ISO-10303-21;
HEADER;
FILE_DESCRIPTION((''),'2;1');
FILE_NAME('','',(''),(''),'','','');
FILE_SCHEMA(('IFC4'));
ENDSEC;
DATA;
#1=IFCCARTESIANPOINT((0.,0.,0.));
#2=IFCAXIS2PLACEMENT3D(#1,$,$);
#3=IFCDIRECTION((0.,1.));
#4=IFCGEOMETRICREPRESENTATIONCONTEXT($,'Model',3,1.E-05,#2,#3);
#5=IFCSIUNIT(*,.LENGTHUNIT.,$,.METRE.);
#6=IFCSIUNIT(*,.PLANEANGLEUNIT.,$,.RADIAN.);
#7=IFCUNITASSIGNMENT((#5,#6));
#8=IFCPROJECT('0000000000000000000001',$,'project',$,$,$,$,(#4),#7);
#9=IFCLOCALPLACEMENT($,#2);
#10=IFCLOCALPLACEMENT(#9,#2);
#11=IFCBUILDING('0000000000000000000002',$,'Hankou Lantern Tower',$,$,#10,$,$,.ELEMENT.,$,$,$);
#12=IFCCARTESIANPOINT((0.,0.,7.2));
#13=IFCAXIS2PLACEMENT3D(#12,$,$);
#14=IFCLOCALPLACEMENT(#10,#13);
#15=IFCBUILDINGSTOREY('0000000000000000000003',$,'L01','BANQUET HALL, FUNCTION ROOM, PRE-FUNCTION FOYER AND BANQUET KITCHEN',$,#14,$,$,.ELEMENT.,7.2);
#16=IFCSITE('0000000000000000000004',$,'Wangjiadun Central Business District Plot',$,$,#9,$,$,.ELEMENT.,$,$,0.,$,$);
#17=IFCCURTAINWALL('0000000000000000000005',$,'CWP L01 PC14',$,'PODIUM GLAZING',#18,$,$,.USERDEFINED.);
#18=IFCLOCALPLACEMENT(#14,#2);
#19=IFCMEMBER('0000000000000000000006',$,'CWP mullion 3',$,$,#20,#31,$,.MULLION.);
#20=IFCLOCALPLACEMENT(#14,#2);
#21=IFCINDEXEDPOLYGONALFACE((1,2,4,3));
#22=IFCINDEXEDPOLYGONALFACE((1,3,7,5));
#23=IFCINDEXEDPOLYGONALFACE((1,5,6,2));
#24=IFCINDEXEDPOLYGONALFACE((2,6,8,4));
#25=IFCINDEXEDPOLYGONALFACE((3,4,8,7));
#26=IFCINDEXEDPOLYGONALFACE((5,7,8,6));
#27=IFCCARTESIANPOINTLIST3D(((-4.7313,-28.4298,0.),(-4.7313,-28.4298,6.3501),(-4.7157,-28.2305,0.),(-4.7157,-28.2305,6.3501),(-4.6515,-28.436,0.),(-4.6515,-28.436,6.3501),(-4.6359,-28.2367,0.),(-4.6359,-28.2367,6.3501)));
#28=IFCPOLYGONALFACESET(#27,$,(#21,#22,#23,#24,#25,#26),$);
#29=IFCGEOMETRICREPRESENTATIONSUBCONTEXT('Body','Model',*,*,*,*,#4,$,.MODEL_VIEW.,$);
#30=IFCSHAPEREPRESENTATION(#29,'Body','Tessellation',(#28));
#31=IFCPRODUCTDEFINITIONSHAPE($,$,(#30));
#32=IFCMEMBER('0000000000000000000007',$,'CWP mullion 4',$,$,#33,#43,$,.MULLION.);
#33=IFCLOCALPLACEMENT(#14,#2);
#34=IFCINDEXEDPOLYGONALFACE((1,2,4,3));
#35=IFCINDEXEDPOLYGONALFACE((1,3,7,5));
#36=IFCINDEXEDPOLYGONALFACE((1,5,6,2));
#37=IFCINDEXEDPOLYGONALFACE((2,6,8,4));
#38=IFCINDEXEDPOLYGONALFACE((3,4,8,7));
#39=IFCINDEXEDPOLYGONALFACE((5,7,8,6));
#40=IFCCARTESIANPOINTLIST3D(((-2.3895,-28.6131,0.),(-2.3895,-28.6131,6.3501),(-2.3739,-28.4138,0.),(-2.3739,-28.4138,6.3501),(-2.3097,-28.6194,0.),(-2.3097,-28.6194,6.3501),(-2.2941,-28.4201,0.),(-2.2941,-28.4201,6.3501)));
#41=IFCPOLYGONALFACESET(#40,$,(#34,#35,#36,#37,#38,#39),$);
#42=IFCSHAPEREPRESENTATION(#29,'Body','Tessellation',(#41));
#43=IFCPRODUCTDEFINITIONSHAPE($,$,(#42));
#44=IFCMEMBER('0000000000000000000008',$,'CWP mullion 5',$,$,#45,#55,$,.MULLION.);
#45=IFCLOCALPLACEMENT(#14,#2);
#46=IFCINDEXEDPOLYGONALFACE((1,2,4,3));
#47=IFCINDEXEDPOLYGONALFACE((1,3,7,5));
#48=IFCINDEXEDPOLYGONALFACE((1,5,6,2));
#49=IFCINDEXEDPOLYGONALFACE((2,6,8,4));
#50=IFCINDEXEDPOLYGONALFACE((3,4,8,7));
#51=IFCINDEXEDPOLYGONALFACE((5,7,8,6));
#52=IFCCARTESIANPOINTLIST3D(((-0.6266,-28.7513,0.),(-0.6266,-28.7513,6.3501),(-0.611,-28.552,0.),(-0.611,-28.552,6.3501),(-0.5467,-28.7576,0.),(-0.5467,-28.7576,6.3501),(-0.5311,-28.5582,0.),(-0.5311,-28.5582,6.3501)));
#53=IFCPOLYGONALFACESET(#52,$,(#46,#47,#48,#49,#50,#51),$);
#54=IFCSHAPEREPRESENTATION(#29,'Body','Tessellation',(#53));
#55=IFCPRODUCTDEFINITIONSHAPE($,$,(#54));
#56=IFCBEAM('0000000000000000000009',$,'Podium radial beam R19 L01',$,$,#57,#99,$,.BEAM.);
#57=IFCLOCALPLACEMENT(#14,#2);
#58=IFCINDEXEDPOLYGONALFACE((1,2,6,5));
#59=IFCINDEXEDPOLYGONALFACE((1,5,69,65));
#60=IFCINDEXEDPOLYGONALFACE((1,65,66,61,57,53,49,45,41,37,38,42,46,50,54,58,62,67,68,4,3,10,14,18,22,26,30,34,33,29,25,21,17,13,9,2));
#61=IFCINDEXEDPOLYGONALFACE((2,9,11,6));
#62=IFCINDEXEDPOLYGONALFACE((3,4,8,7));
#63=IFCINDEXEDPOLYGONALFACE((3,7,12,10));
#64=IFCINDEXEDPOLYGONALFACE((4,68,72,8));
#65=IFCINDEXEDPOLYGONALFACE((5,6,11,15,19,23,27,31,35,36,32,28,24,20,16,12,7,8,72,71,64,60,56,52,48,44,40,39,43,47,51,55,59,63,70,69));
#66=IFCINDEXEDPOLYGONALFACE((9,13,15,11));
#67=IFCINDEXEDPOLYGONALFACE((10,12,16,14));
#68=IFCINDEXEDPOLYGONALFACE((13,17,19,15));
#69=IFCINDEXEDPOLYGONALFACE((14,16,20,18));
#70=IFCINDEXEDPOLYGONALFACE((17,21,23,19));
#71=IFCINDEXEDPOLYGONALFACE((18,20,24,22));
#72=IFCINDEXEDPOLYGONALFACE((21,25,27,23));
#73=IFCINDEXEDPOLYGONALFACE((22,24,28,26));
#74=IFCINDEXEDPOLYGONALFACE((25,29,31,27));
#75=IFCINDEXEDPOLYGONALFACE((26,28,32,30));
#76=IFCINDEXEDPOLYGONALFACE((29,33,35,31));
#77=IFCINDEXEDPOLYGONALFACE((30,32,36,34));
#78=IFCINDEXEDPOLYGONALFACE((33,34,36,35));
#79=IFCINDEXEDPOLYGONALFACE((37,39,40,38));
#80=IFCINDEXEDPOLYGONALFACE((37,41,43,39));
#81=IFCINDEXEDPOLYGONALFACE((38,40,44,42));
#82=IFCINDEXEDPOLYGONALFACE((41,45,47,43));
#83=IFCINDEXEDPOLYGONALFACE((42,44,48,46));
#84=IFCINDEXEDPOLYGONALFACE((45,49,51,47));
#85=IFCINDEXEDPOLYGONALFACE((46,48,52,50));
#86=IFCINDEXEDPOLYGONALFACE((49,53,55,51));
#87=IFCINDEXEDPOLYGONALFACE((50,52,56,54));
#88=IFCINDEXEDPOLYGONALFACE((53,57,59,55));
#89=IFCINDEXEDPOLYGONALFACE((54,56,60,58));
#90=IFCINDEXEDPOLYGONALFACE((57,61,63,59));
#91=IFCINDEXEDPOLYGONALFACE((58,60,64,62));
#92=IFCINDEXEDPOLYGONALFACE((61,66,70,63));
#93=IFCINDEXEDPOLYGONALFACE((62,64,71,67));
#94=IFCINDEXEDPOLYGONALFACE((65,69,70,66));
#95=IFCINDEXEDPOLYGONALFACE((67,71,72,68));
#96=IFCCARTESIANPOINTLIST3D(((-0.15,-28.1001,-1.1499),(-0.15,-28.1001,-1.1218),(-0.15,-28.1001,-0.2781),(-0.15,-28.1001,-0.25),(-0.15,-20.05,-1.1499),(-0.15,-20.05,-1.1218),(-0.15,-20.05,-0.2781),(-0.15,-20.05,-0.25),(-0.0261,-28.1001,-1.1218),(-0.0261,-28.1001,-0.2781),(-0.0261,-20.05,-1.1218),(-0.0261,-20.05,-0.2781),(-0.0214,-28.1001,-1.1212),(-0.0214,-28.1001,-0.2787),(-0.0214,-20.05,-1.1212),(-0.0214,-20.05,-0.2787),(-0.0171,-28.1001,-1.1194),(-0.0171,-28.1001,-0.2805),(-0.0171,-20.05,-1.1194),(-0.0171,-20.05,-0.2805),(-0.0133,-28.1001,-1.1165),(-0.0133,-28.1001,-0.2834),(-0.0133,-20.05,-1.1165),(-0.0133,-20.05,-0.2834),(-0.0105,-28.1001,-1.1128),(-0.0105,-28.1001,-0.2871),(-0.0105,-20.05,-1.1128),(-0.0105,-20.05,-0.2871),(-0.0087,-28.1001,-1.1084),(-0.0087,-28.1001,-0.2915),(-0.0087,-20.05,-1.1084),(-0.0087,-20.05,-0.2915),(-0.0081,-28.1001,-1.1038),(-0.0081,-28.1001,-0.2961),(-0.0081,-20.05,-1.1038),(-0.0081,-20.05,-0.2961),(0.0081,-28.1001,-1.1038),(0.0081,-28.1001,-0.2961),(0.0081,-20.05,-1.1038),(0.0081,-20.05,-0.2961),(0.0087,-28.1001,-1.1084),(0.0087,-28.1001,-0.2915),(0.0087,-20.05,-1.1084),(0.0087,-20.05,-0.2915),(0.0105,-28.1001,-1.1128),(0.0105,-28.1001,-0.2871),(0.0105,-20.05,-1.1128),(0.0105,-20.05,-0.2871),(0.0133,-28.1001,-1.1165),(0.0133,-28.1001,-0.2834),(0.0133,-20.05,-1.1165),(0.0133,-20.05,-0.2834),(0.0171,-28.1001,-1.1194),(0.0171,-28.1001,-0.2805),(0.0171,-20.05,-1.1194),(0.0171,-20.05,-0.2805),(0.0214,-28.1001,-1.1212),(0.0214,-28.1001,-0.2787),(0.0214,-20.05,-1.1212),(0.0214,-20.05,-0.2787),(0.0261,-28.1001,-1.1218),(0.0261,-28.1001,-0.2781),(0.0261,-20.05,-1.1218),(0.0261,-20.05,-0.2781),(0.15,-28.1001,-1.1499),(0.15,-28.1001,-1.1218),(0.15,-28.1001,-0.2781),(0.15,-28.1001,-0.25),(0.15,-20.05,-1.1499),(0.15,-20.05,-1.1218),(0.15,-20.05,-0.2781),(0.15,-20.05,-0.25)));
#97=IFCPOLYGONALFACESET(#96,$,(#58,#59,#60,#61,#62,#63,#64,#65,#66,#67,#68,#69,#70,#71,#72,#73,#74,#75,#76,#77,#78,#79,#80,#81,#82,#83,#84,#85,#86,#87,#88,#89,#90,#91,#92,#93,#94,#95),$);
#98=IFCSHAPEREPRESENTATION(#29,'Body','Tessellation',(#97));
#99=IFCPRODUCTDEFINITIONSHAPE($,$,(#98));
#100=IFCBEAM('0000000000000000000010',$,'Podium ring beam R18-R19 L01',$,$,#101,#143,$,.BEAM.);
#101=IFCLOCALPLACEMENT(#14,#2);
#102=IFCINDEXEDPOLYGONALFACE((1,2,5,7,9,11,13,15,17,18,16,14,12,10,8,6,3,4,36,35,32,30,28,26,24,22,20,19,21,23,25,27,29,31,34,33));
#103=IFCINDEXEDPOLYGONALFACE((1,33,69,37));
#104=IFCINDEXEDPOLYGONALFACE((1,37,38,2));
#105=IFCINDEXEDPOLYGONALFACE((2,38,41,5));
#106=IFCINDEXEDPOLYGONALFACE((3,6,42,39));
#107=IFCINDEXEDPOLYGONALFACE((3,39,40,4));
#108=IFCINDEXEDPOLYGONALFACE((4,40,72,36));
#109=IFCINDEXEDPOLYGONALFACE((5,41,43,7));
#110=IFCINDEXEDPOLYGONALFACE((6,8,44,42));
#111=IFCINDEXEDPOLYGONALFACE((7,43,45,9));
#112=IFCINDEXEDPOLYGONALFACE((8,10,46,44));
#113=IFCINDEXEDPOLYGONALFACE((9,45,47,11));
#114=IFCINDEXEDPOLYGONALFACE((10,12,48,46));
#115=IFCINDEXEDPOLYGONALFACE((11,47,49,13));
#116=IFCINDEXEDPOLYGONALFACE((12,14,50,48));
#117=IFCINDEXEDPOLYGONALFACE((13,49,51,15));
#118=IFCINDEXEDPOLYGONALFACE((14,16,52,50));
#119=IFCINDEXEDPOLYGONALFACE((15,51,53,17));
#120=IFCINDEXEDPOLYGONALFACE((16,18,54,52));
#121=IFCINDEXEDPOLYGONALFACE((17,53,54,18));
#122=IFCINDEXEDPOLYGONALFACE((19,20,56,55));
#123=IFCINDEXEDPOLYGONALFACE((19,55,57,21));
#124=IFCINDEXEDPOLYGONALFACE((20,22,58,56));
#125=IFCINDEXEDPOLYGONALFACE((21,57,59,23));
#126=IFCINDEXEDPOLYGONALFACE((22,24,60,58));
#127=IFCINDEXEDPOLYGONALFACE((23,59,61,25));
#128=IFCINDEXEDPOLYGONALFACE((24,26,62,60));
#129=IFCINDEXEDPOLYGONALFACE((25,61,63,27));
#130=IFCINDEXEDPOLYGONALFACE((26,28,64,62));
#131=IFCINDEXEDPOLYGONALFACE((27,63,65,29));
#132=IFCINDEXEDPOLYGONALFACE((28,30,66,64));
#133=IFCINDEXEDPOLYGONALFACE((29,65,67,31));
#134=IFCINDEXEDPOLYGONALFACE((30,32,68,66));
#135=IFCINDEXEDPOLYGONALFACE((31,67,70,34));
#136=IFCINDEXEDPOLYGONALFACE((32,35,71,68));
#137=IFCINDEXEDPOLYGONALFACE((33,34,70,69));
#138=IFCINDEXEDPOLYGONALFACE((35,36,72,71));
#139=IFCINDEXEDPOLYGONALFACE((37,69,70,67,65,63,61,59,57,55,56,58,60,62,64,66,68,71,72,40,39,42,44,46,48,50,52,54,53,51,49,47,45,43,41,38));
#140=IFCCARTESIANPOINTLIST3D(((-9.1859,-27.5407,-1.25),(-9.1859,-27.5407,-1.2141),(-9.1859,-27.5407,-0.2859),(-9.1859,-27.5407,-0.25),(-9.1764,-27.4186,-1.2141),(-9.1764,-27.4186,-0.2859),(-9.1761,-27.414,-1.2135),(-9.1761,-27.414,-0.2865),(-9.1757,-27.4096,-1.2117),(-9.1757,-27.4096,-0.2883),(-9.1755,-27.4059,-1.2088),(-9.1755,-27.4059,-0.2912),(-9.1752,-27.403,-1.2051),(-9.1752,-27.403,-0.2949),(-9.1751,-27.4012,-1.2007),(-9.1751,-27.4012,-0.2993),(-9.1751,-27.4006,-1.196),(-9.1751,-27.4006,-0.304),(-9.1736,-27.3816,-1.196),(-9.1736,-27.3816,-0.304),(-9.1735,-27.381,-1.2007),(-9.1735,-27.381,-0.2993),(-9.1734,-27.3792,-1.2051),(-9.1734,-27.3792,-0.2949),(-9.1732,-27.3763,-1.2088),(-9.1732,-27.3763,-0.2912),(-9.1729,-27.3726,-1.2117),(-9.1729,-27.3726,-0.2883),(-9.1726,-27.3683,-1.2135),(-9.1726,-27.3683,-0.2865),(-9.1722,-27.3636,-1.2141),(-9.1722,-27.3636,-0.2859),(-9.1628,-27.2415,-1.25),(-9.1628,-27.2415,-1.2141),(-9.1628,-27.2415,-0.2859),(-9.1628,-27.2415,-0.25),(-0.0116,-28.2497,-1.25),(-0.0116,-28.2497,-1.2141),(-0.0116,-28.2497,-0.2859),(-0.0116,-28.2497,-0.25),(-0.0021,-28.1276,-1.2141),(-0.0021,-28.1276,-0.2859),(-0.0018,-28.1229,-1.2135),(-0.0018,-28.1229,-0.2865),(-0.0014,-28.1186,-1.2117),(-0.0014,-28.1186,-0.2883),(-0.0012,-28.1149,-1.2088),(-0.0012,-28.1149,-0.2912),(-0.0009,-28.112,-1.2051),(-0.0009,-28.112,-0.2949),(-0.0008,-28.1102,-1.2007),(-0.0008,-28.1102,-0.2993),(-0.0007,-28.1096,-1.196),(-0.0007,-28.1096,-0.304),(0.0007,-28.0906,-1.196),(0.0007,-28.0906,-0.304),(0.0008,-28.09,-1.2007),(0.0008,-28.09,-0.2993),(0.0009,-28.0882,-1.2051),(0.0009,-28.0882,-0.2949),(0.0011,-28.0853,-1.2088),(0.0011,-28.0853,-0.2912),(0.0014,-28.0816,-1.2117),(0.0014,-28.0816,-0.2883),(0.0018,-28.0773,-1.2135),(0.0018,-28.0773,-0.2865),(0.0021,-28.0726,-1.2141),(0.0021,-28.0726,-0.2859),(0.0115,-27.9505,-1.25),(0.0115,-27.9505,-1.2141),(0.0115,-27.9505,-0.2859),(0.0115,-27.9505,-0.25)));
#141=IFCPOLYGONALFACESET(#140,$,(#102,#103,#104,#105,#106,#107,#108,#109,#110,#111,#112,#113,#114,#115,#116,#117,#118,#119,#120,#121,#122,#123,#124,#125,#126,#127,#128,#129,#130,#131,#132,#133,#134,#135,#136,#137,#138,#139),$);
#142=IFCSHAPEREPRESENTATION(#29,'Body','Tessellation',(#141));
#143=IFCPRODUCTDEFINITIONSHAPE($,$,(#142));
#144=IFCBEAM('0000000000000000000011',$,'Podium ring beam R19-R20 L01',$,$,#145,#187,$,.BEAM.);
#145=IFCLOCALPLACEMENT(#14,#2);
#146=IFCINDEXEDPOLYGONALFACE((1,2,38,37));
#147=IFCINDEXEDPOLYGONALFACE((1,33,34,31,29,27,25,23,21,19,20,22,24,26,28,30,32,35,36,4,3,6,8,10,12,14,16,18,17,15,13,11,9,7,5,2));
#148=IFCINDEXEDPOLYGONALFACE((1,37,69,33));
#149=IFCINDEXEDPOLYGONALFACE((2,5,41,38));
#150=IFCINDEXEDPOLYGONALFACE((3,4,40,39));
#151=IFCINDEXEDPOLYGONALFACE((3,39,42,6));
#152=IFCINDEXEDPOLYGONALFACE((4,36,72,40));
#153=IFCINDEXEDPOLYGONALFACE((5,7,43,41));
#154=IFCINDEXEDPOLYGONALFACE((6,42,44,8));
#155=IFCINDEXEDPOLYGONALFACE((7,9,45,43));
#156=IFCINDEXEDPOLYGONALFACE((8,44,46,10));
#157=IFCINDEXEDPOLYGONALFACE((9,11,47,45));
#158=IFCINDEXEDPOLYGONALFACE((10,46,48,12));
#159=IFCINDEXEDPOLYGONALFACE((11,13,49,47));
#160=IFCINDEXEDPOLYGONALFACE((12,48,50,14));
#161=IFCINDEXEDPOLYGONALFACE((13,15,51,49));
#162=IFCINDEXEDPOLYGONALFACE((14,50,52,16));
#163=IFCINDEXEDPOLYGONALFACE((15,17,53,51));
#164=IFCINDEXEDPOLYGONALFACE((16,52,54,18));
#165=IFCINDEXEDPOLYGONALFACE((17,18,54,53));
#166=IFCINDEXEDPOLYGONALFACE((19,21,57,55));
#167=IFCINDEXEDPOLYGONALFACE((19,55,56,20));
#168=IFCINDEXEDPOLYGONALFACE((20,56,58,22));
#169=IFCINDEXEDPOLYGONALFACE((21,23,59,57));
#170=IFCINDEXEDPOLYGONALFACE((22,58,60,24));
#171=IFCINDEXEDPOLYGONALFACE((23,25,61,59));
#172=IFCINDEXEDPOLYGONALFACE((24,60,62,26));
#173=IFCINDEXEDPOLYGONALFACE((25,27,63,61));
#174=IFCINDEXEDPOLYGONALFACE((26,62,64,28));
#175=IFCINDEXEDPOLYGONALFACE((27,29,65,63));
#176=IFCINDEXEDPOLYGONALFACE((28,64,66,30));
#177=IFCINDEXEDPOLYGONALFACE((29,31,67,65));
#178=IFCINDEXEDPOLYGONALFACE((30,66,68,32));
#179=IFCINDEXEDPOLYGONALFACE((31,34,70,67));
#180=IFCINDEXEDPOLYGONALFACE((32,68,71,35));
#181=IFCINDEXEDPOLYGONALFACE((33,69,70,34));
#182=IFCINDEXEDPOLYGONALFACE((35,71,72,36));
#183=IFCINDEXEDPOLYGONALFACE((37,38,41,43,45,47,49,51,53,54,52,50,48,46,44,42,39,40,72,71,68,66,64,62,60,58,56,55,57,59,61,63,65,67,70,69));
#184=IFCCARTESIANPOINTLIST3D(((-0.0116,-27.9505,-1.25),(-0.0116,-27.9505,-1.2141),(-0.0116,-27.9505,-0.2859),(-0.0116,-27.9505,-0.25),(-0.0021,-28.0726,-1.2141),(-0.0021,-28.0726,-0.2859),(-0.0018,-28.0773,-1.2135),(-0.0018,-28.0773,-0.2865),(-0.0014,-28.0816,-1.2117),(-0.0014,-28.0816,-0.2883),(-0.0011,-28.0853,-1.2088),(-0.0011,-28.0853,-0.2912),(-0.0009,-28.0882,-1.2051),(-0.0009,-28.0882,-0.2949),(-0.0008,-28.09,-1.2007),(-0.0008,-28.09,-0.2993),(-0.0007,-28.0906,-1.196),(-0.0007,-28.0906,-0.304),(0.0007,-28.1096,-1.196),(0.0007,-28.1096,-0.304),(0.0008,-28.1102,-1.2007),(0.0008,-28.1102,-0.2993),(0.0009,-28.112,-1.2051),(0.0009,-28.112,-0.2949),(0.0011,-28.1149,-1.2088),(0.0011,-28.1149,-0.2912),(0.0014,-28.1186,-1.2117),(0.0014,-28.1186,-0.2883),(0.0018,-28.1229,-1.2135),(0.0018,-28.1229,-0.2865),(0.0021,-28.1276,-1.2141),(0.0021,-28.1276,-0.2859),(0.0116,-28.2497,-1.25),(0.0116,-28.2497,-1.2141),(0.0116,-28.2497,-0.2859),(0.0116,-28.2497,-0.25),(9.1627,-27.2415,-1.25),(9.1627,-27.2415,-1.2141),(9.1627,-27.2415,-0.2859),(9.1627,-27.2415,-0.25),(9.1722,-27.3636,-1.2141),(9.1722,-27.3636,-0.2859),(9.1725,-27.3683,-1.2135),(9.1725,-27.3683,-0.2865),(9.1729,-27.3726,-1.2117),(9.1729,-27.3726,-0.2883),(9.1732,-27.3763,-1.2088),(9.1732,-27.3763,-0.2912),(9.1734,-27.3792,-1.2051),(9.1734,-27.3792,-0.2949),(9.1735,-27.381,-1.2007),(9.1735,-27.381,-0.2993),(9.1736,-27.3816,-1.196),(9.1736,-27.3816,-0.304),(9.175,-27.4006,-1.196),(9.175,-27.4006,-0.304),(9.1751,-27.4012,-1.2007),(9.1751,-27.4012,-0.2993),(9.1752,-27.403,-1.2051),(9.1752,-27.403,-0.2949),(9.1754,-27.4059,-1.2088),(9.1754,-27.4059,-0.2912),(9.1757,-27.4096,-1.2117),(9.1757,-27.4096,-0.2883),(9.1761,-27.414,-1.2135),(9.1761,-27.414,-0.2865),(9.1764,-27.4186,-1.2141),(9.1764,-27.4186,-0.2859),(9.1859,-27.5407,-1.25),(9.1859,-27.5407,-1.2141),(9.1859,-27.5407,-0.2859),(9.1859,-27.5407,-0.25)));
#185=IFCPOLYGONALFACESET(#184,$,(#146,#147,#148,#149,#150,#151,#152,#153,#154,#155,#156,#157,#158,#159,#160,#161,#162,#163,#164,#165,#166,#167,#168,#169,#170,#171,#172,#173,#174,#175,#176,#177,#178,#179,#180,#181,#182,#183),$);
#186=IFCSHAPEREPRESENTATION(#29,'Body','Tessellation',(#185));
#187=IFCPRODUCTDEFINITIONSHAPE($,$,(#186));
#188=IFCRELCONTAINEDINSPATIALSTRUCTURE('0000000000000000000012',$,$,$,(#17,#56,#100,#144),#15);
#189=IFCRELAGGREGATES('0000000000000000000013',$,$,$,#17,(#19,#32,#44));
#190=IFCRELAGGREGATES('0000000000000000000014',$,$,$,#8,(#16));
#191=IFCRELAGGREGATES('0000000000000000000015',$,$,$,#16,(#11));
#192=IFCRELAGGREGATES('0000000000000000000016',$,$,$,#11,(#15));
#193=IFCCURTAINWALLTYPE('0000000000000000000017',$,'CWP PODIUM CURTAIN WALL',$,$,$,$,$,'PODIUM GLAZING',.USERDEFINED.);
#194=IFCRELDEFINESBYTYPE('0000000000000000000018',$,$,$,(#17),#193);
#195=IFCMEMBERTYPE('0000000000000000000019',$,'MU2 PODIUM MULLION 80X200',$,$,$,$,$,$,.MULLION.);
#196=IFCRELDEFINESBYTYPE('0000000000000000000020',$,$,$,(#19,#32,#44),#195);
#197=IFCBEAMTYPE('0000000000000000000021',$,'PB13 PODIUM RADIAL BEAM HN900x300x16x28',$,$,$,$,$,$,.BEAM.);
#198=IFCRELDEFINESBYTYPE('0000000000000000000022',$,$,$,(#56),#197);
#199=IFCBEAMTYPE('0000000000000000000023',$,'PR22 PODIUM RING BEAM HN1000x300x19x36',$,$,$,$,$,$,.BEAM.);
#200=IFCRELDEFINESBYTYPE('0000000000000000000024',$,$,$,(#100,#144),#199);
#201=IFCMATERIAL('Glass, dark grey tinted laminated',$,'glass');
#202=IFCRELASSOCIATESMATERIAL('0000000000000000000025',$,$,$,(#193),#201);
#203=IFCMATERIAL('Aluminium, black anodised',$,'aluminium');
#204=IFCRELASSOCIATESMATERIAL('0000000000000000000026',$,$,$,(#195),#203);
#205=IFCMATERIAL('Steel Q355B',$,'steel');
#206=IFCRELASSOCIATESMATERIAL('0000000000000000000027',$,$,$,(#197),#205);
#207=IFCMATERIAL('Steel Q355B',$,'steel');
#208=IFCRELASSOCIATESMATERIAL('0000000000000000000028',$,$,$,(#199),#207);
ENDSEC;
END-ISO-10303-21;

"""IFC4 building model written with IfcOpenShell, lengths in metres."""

from ifc_helpers import new_model, si_unit, direction, frame, origin, origin_2d, place, context, subcontext, project, spatial, rectangle, i_section, extrude, material, material_profile, profile_set, type_object, element, aggregate, save


model = new_model("IFC4")

# Units and contexts
model_context = context("Model", 3, precision=1e-05, world=origin(), true_north=direction((0.0, 1.0)))
body_context = subcontext(model_context, "Body", "Model", "MODEL_VIEW")
ifc_project = project(units=[si_unit("LENGTHUNIT", "METRE"), si_unit("PLANEANGLEUNIT", "RADIAN")], contexts=[model_context])

# Site, building, storey
site_placement = place(None, origin())
site = spatial("IfcSite", under=ifc_project, at=site_placement, Name="Wangjiadun Central Business District Plot", CompositionType="ELEMENT", RefElevation=0.0)
building_placement = place(site_placement, origin())
building = spatial("IfcBuilding", under=site, at=building_placement, Name="Hankou Lantern Tower", CompositionType="ELEMENT")
storey_placement = place(building_placement, frame((0.0, 0.0, 7.2)))
storey = spatial("IfcBuildingStorey", under=building, at=storey_placement, Name="L01", Description="BANQUET HALL, FUNCTION ROOM, PRE-FUNCTION FOYER AND BANQUET KITCHEN", CompositionType="ELEMENT", Elevation=7.2)

# Curtain wall, members
ifc_material_1 = material(Name="Glass, dark grey tinted laminated", Category="glass")
curtain_wall_type = type_object("IfcCurtainWallType", Name="CWP PODIUM CURTAIN WALL", ElementType="PODIUM GLAZING", PredefinedType="USERDEFINED", material=ifc_material_1)
curtain_wall_placement = place(storey_placement, origin())
curtain_wall = element("IfcCurtainWall", 1, at=curtain_wall_placement, inside=storey, type_object=curtain_wall_type, Name="CWP L01 PC14", ObjectType="PODIUM GLAZING", PredefinedType="USERDEFINED")
ifc_material_2 = material(Name="Aluminium, black anodised", Category="aluminium")
ifc_material_profile_1 = material_profile(ifc_material_2, rectangle(XDim=0.0801, YDim=0.2, at=origin_2d()), Name="MU2 80X200")
ifc_profile_set_1 = profile_set([ifc_material_profile_1], Name="Aluminium, black anodised")
member_type_1 = type_object("IfcMemberType", Name="MU2 PODIUM MULLION 80X200", PredefinedType="MULLION", material=ifc_profile_set_1)
member_1_placement = place(storey_placement, frame((-4.6836, -28.3333, 0.0), z_axis=(0.0, 0.0, 1.0), x_axis=(0.996949, -0.078062, 0.0)))
member_1 = element("IfcMember", 2, at=member_1_placement, type_object=member_type_1, Name="CWP mullion 3", PredefinedType="MULLION", context=body_context, shape_type="SweptSolid", body=[
    extrude(rectangle(XDim=0.0801, YDim=0.2, at=origin_2d()), origin(), (0.0, 0.0, 1.0), 6.3501),
])
member_2_placement = place(storey_placement, frame((-2.3418, -28.5166, 0.0), z_axis=(0.0, 0.0, 1.0), x_axis=(0.996949, -0.078062, 0.0)))
member_2 = element("IfcMember", 3, at=member_2_placement, type_object=member_type_1, Name="CWP mullion 4", PredefinedType="MULLION", context=body_context, shape_type="SweptSolid", body=[
    extrude(rectangle(XDim=0.0801, YDim=0.2, at=origin_2d()), origin(), (0.0, 0.0, 1.0), 6.3501),
])
member_3_placement = place(storey_placement, frame((-0.5789, -28.6548, 0.0), z_axis=(0.0, 0.0, 1.0), x_axis=(0.996949, -0.078062, 0.0)))
member_3 = element("IfcMember", 4, at=member_3_placement, type_object=member_type_1, Name="CWP mullion 5", PredefinedType="MULLION", context=body_context, shape_type="SweptSolid", body=[
    extrude(rectangle(XDim=0.0801, YDim=0.2, at=origin_2d()), origin(), (0.0, 0.0, 1.0), 6.3501),
])

# Beams
ifc_material_3 = material(Name="Steel Q355B", Category="steel")
ifc_material_profile_2 = material_profile(ifc_material_3, i_section(OverallWidth=0.3, OverallDepth=0.8999, WebThickness=0.0161, FlangeThickness=0.0281, FilletRadius=0.0181, at=origin_2d()), Name="HN900x300x16x28")
ifc_profile_set_2 = profile_set([ifc_material_profile_2], Name="Steel Q355B")
beam_type_1 = type_object("IfcBeamType", Name="PB13 PODIUM RADIAL BEAM HN900x300x16x28", PredefinedType="BEAM", material=ifc_profile_set_2)
beam_1_placement = place(storey_placement, frame((0.0, -20.05, -0.7), z_axis=(0.0, -1.0, 0.0), x_axis=(1.0, 0.0, 0.0)))
element("IfcBeam", 5, at=beam_1_placement, inside=storey, type_object=beam_type_1, Name="Podium radial beam R19 L01", PredefinedType="BEAM", context=body_context, shape_type="SweptSolid", body=[
    extrude(i_section(OverallWidth=0.3, OverallDepth=0.8999, WebThickness=0.0161, FlangeThickness=0.0281, FilletRadius=0.0181, at=origin_2d()), origin(), (0.0, 0.0, 1.0), 8.05),
])
ifc_material_4 = material(Name="Steel Q355B", Category="steel")
ifc_material_profile_3 = material_profile(ifc_material_4, i_section(OverallWidth=0.3, OverallDepth=1.0, WebThickness=0.019, FlangeThickness=0.0359, FilletRadius=0.0181, at=origin_2d()), Name="HN1000x300x19x36")
ifc_profile_set_3 = profile_set([ifc_material_profile_3], Name="Steel Q355B")
beam_type_2 = type_object("IfcBeamType", Name="PR22 PODIUM RING BEAM HN1000x300x19x36", PredefinedType="BEAM", material=ifc_profile_set_3)
for number, where, z_axis, x_axis, name in (
    (6, (-9.1743, -27.3911, -0.75), (0.997027, -0.07705, 0.0), (0.07705, 0.997027, 0.0), "Podium ring beam R18-R19 L01"),
    (7, (0.0, -28.1001, -0.75), (0.997027, 0.07705, 0.0), (-0.07705, 0.997027, 0.0), "Podium ring beam R19-R20 L01"),
):
    element("IfcBeam", number, at=place(storey_placement, frame(where, z_axis=z_axis, x_axis=x_axis)), inside=storey, type_object=beam_type_2, Name=name, PredefinedType="BEAM", context=body_context, shape_type="SweptSolid", body=[
        extrude(i_section(OverallWidth=0.3, OverallDepth=1.0, WebThickness=0.019, FlangeThickness=0.0359, FilletRadius=0.0181, at=origin_2d()), origin(), (0.0, 0.0, 1.0), 9.2017),
    ])

aggregate(curtain_wall, [member_1, member_2, member_3])

save(model, "model.ifc")
